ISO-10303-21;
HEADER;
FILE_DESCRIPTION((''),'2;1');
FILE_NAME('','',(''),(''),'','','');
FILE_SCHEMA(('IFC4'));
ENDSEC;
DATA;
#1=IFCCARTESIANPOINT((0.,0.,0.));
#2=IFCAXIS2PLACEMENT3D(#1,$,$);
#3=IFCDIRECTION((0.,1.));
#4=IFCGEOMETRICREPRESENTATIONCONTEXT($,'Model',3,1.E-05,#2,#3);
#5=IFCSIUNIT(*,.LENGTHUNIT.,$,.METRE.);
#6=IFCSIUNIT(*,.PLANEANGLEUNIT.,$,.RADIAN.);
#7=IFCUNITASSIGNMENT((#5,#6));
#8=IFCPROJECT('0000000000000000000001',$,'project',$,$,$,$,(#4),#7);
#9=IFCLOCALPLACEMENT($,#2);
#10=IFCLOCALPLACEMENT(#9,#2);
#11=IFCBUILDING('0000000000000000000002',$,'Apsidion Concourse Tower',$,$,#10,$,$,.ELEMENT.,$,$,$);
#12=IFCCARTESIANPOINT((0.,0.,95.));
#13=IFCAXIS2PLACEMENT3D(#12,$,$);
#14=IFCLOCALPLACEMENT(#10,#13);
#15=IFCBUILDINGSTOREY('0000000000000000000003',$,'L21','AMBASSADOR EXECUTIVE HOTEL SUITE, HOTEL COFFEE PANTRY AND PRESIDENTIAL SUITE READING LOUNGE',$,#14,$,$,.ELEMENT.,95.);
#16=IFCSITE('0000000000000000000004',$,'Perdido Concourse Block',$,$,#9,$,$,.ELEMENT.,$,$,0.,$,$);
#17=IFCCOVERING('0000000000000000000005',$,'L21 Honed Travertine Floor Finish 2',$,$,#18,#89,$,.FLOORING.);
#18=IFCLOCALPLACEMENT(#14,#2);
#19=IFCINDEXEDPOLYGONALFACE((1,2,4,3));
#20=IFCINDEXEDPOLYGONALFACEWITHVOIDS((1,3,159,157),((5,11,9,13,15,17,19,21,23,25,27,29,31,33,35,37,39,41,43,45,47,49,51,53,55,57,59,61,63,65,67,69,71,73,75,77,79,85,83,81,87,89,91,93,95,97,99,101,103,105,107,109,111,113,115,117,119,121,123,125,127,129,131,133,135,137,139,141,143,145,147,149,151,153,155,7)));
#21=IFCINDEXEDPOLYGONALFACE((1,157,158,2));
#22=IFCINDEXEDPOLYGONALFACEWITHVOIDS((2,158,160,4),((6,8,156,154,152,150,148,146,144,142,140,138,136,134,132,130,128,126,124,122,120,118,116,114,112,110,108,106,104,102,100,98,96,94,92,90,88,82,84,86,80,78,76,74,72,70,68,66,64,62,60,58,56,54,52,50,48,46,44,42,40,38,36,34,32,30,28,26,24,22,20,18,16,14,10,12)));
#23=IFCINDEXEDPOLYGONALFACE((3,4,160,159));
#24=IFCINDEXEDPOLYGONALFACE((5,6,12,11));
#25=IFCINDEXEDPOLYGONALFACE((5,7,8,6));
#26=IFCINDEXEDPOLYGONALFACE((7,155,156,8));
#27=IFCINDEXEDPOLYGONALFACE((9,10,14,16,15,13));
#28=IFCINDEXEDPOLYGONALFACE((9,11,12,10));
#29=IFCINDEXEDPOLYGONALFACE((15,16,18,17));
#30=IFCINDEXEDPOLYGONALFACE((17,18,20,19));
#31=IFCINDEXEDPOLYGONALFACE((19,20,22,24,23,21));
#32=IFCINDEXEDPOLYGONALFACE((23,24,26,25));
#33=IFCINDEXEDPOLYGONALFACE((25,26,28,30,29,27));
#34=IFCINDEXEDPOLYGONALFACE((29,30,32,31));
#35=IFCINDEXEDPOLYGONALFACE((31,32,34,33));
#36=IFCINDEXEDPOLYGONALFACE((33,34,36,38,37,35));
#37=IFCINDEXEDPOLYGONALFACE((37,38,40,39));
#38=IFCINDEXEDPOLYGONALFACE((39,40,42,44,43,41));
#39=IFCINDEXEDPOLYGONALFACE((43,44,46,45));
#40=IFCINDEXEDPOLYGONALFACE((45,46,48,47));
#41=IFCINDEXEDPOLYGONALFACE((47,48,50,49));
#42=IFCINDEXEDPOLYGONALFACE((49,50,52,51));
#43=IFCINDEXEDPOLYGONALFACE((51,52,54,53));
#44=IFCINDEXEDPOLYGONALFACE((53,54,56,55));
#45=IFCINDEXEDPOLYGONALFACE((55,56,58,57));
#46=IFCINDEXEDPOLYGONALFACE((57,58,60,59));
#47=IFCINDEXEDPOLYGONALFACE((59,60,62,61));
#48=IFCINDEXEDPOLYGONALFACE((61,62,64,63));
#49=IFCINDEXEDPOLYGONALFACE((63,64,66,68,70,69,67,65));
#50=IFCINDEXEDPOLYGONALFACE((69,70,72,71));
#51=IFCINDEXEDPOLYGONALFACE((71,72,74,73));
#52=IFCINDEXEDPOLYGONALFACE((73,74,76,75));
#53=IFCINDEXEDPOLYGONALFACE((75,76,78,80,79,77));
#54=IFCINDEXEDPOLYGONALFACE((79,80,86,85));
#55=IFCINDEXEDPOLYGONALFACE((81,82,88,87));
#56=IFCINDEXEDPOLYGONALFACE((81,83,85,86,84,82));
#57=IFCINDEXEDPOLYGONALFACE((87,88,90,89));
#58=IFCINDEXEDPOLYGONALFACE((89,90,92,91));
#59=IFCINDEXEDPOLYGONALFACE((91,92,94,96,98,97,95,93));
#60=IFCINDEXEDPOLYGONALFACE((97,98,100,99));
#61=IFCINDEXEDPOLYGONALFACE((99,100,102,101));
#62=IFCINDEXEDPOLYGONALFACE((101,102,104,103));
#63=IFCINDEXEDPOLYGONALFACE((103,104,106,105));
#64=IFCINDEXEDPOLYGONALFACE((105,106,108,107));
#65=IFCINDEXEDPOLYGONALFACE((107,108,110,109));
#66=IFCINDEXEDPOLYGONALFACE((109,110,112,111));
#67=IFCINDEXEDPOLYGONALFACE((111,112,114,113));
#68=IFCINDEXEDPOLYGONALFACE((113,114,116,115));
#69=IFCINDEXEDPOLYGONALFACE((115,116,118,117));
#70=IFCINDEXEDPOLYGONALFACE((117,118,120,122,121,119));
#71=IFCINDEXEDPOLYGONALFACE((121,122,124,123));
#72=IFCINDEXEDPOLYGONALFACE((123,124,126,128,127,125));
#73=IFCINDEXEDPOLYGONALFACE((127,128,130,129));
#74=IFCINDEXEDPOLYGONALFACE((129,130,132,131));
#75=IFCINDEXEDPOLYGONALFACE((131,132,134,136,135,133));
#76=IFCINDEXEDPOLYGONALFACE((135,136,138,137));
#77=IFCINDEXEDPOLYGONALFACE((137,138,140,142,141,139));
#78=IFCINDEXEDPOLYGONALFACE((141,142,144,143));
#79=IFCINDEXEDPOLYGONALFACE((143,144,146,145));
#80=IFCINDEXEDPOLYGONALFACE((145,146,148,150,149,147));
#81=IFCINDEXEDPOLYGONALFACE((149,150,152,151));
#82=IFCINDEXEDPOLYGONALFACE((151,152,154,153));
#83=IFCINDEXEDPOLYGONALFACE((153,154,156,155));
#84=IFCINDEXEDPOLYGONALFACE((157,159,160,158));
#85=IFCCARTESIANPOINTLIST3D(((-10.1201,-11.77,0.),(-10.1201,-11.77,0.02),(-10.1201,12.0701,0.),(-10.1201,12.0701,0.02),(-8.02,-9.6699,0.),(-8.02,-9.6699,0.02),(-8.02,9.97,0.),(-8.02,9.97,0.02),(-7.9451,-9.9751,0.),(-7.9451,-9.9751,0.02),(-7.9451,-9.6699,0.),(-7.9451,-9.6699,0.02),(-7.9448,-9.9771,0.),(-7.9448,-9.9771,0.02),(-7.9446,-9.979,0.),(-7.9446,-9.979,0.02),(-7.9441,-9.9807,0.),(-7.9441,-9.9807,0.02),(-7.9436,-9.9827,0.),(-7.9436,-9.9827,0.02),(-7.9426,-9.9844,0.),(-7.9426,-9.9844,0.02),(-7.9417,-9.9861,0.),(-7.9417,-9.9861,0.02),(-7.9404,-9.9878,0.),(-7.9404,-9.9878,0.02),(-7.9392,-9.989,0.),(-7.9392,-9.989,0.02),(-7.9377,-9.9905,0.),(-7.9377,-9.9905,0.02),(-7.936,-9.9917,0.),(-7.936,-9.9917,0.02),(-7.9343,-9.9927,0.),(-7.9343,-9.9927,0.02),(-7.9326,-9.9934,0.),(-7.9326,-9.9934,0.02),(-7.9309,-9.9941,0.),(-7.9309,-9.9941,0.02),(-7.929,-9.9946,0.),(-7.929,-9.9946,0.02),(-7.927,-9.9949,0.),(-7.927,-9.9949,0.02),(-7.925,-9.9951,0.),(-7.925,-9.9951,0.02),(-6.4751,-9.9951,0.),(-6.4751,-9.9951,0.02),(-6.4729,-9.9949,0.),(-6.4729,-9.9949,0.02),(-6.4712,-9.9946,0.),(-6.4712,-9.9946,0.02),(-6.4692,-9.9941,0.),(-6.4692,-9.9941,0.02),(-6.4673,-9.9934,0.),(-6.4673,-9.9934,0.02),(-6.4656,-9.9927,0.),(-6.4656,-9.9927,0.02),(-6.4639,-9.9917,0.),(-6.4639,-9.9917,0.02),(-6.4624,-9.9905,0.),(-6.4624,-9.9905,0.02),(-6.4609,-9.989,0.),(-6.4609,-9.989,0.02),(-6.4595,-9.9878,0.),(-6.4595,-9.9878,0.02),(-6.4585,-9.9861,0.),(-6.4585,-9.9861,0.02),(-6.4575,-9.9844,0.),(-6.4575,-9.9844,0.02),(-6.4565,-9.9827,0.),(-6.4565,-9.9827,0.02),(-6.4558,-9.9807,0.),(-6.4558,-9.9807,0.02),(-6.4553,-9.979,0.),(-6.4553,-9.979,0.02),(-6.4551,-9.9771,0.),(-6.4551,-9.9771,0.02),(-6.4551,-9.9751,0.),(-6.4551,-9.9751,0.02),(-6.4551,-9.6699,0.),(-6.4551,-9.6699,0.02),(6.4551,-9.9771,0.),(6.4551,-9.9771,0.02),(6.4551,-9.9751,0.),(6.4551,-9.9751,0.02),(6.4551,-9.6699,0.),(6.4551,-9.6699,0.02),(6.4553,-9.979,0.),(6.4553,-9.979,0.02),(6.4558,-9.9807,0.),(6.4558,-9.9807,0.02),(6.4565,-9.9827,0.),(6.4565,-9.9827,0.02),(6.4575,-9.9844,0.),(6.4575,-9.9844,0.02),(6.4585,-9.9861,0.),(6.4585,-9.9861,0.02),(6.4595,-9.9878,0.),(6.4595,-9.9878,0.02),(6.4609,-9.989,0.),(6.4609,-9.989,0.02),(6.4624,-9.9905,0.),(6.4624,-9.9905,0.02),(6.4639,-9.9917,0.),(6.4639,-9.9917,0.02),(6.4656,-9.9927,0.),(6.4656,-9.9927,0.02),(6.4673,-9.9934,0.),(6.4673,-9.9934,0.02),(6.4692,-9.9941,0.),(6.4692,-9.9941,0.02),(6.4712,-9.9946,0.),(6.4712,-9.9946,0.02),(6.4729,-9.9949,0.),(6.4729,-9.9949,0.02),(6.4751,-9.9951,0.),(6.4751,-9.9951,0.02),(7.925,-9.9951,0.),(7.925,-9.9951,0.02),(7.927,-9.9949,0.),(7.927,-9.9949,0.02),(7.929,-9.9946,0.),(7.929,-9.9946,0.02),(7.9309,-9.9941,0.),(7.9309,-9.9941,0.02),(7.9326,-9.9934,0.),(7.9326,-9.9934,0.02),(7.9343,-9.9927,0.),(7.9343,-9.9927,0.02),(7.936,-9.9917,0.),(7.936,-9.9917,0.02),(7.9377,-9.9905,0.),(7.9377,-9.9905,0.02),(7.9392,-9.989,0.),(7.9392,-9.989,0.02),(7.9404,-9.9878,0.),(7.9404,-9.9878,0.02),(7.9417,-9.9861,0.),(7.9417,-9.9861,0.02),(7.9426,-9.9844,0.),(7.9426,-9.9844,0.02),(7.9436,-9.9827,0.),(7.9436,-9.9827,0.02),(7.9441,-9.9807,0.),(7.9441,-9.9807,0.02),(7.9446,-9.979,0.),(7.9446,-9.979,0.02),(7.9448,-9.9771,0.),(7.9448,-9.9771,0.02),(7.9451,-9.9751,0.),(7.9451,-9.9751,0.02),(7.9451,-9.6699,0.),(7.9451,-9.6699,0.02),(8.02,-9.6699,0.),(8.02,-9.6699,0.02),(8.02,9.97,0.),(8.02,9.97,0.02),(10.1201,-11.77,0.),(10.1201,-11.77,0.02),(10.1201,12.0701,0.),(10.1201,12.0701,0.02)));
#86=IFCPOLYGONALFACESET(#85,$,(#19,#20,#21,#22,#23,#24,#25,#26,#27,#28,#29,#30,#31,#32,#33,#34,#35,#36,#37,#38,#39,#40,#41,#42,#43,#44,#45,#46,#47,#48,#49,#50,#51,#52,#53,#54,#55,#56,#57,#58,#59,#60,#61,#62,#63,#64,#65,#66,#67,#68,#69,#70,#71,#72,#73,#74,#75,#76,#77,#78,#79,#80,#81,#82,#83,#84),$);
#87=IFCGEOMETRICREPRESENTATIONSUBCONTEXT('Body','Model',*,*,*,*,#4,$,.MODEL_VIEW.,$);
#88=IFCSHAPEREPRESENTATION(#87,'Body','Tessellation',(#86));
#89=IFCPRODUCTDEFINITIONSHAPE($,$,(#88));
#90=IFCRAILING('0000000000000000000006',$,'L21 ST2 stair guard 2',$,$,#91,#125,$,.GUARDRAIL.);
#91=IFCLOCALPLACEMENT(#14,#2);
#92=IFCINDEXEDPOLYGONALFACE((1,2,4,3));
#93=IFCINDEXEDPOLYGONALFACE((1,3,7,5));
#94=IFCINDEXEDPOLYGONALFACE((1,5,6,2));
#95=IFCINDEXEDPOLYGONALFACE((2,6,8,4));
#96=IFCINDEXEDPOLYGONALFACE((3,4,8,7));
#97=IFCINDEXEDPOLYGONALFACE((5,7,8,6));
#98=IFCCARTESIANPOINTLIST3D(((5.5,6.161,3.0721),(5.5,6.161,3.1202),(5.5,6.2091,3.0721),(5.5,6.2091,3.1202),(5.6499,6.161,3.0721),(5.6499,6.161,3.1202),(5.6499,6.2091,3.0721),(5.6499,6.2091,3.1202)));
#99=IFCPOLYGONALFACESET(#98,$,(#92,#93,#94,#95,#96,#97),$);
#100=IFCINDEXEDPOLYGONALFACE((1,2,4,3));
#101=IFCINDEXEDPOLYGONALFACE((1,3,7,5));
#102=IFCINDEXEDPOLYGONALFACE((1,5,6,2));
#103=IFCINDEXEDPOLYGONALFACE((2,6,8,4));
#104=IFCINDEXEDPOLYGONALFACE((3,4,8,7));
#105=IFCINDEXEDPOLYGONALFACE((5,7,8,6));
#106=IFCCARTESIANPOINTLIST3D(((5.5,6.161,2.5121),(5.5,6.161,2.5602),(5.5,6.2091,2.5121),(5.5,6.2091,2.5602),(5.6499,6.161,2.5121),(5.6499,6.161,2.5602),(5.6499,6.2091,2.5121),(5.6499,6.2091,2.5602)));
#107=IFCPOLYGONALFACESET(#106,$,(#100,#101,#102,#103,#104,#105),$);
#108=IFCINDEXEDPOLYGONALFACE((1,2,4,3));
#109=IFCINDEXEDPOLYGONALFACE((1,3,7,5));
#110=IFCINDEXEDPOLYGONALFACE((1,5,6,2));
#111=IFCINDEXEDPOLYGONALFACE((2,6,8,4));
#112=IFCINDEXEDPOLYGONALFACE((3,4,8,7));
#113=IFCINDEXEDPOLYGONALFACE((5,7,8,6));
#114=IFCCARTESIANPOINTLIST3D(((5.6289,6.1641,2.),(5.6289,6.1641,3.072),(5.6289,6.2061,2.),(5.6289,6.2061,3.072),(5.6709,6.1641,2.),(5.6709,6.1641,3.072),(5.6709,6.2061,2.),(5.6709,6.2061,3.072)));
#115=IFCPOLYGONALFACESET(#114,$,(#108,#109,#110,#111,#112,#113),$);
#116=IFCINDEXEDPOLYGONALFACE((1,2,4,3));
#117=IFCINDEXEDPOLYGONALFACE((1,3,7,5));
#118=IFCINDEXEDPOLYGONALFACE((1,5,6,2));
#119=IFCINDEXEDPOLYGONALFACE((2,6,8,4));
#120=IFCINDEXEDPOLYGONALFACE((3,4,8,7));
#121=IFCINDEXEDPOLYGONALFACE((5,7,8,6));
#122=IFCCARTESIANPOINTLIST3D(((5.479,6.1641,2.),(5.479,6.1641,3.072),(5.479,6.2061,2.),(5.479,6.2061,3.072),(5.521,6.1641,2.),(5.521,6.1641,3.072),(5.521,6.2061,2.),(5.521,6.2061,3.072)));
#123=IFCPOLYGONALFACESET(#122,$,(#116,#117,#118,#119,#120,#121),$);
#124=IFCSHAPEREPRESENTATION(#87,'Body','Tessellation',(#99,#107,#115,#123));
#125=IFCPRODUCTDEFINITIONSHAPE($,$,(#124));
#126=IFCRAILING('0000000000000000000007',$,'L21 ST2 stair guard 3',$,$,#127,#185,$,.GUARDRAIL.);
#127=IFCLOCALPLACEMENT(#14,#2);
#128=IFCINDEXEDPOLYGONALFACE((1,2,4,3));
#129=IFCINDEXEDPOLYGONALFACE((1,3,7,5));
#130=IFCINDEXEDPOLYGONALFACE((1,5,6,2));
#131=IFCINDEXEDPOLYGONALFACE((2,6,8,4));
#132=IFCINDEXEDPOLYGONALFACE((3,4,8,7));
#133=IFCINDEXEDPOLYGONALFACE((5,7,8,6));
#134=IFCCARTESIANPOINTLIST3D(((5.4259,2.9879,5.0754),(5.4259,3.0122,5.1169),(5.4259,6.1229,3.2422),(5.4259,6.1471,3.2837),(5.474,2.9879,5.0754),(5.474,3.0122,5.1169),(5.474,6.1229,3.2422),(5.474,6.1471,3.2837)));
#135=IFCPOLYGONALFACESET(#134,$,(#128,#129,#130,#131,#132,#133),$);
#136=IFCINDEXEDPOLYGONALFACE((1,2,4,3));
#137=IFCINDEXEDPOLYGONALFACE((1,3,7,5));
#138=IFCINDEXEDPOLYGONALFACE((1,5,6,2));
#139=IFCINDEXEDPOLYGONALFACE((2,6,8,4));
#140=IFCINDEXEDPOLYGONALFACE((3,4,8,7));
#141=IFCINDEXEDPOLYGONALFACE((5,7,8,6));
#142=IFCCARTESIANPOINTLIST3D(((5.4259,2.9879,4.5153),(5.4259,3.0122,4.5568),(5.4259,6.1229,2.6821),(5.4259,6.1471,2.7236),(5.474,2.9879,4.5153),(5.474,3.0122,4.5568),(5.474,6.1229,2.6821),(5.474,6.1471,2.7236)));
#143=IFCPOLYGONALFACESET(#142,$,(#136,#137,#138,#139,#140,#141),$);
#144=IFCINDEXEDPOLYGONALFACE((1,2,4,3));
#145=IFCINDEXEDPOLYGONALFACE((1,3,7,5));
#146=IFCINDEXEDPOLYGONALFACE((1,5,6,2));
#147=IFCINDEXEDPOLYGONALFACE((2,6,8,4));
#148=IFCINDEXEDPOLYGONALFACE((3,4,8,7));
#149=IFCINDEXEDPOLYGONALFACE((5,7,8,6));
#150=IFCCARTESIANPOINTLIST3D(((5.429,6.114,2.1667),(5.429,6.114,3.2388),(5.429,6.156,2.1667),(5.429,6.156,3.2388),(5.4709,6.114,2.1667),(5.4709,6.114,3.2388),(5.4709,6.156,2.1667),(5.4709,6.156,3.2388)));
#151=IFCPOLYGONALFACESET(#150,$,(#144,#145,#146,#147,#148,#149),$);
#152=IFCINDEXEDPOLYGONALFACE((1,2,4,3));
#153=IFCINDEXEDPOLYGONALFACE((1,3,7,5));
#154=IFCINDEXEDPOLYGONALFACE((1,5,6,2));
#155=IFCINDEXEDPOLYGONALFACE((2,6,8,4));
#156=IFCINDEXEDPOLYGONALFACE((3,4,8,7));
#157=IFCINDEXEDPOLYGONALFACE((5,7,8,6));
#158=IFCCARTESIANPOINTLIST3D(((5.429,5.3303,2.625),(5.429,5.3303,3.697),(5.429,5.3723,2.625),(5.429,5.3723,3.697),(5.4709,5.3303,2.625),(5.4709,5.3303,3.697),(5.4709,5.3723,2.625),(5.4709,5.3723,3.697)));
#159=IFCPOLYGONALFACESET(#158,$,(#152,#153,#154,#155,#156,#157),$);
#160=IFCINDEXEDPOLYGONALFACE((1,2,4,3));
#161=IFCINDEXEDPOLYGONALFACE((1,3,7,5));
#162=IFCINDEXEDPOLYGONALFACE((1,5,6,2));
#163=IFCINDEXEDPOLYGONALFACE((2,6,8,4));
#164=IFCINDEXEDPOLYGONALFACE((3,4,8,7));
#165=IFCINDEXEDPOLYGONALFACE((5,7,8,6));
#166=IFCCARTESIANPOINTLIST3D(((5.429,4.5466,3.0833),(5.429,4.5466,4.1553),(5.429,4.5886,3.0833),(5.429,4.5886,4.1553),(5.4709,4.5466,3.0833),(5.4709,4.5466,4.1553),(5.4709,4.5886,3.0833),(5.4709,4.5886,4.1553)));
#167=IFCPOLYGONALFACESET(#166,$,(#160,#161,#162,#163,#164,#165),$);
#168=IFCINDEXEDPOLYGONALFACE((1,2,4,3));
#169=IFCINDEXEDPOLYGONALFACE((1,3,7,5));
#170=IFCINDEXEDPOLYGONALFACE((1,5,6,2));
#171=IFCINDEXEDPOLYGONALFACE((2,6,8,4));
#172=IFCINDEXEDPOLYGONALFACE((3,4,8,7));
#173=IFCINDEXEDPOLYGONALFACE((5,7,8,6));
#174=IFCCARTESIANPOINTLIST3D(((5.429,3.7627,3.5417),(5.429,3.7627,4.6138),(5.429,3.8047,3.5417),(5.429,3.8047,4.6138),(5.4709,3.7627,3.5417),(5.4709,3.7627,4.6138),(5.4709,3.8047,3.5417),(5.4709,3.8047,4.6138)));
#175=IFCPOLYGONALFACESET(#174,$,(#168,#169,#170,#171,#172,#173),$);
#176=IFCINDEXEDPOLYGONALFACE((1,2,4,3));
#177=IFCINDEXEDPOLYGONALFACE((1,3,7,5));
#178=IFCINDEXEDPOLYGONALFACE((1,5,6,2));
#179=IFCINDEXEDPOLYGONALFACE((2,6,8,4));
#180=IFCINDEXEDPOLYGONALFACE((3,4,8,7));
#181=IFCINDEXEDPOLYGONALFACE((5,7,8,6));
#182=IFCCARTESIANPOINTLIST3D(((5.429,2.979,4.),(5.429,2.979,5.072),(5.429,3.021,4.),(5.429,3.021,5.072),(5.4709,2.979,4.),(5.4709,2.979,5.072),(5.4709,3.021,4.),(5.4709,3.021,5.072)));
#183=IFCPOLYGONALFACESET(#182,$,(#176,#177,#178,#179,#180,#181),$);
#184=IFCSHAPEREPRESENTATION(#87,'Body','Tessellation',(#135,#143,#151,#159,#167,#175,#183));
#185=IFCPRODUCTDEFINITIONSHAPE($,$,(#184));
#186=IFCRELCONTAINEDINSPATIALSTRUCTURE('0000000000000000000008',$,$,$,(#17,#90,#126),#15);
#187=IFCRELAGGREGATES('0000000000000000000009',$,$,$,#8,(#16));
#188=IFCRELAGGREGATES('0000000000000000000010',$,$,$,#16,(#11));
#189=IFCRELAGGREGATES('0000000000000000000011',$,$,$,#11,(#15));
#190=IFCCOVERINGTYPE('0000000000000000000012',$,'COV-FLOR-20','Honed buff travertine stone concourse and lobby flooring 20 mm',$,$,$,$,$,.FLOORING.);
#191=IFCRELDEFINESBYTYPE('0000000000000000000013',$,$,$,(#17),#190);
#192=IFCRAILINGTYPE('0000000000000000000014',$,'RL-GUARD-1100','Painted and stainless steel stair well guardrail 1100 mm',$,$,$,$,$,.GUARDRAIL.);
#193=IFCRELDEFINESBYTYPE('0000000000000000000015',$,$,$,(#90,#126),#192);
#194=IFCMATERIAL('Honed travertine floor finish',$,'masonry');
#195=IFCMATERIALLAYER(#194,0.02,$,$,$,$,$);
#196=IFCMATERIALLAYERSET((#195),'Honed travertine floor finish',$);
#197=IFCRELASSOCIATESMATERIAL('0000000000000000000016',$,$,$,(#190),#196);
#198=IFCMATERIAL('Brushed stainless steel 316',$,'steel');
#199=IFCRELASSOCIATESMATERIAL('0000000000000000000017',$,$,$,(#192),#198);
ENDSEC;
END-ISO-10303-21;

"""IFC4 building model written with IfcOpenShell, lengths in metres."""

from ifc_helpers import new_model, si_unit, direction, frame, origin, origin_2d, place, context, subcontext, project, spatial, polyline, rectangle, outline, extrude, material, layer, layer_set, type_object, element, save


model = new_model("IFC4")

# Units and contexts
model_context = context("Model", 3, precision=1e-05, world=origin(), true_north=direction((0.0, 1.0)))
body_context = subcontext(model_context, "Body", "Model", "MODEL_VIEW")
ifc_project = project(units=[si_unit("LENGTHUNIT", "METRE"), si_unit("PLANEANGLEUNIT", "RADIAN")], contexts=[model_context])

# Site, building, storey
site_placement = place(None, origin())
site = spatial("IfcSite", under=ifc_project, at=site_placement, Name="Perdido Concourse Block", CompositionType="ELEMENT", RefElevation=0.0)
building_placement = place(site_placement, origin())
building = spatial("IfcBuilding", under=site, at=building_placement, Name="Apsidion Concourse Tower", CompositionType="ELEMENT")
storey_placement = place(building_placement, frame((0.0, 0.0, 95.0)))
storey = spatial("IfcBuildingStorey", under=building, at=storey_placement, Name="L21", Description="AMBASSADOR EXECUTIVE HOTEL SUITE, HOTEL COFFEE PANTRY AND PRESIDENTIAL SUITE READING LOUNGE", CompositionType="ELEMENT", Elevation=95.0)

# Covering
ifc_material_1 = material(Name="Honed travertine floor finish", Category="masonry")
ifc_layer_1 = layer(ifc_material_1, 0.02)
ifc_layer_set_1 = layer_set([ifc_layer_1], Name="Honed travertine floor finish")
covering_type_1 = type_object("IfcCoveringType", Name="COV-FLOR-20", Description="Honed buff travertine stone concourse and lobby flooring 20 mm", PredefinedType="FLOORING", material=ifc_layer_set_1)
covering_1_placement = place(storey_placement, origin())
element("IfcCovering", 1, at=covering_1_placement, inside=storey, type_object=covering_type_1, Name="L21 Honed Travertine Floor Finish 2", PredefinedType="FLOORING", context=body_context, shape_type="SweptSolid", body=[
    extrude(outline(polyline([(10.1201, 12.0701), (10.1201, -11.77), (-10.1201, -11.77), (-10.1201, 12.0701), (10.1201, 12.0701)]), holes=[polyline([(-8.02, -9.6699), (-7.9451, -9.6699), (-7.9451, -9.9751), (-7.9448, -9.9771), (-7.9446, -9.979), (-7.9441, -9.9807), (-7.9436, -9.9827), (-7.9426, -9.9844), (-7.9417, -9.9861), (-7.9404, -9.9878), (-7.9392, -9.989), (-7.9377, -9.9905), (-7.936, -9.9917), (-7.9343, -9.9927), (-7.9326, -9.9934), (-7.9309, -9.9941), (-7.929, -9.9946), (-7.927, -9.9949), (-7.925, -9.9951), (-6.4751, -9.9951), (-6.4729, -9.9949), (-6.4712, -9.9946), (-6.4692, -9.9941), (-6.4673, -9.9934), (-6.4656, -9.9927), (-6.4639, -9.9917), (-6.4624, -9.9905), (-6.4609, -9.989), (-6.4595, -9.9878), (-6.4585, -9.9861), (-6.4575, -9.9844), (-6.4565, -9.9827), (-6.4558, -9.9807), (-6.4553, -9.979), (-6.4551, -9.9771), (-6.4551, -9.9751), (-6.4551, -9.6699), (6.4551, -9.6699), (6.4551, -9.9751), (6.4551, -9.9771), (6.4553, -9.979), (6.4558, -9.9807), (6.4565, -9.9827), (6.4575, -9.9844), (6.4585, -9.9861), (6.4595, -9.9878), (6.4609, -9.989), (6.4624, -9.9905), (6.4639, -9.9917), (6.4656, -9.9927), (6.4673, -9.9934), (6.4692, -9.9941), (6.4712, -9.9946), (6.4729, -9.9949), (6.4751, -9.9951), (7.925, -9.9951), (7.927, -9.9949), (7.929, -9.9946), (7.9309, -9.9941), (7.9326, -9.9934), (7.9343, -9.9927), (7.936, -9.9917), (7.9377, -9.9905), (7.9392, -9.989), (7.9404, -9.9878), (7.9417, -9.9861), (7.9426, -9.9844), (7.9436, -9.9827), (7.9441, -9.9807), (7.9446, -9.979), (7.9448, -9.9771), (7.9451, -9.9751), (7.9451, -9.6699), (8.02, -9.6699), (8.02, 9.97), (-8.02, 9.97), (-8.02, -9.6699)])]), origin(), (0.0, 0.0, 1.0), 0.02),
])

# Railings
ifc_material_2 = material(Name="Brushed stainless steel 316", Category="steel")
railing_type_1 = type_object("IfcRailingType", Name="RL-GUARD-1100", Description="Painted and stainless steel stair well guardrail 1100 mm", PredefinedType="GUARDRAIL", material=ifc_material_2)
railing_1_placement = place(storey_placement, frame((5.6499, 6.1851, 2.0)))
element("IfcRailing", 2, at=railing_1_placement, inside=storey, type_object=railing_type_1, Name="L21 ST2 stair guard 2", PredefinedType="GUARDRAIL", context=body_context, shape_type="SweptSolid", body=[
    extrude(rectangle(XDim=0.0481, YDim=0.0481, at=origin_2d()), frame((0.0, 0.0, 1.0962), z_axis=(-1.0, 0.0, 0.0), x_axis=(0.0, -1.0, 0.0)), (0.0, 0.0, 1.0), 0.1499),
    extrude(rectangle(XDim=0.0481, YDim=0.0481, at=origin_2d()), frame((0.0, 0.0, 0.5361), z_axis=(-1.0, 0.0, 0.0), x_axis=(0.0, -1.0, 0.0)), (0.0, 0.0, 1.0), 0.1499),
    extrude(rectangle(XDim=0.042, YDim=0.042, at=origin_2d()), origin(), (0.0, 0.0, 1.0), 1.072),
    extrude(rectangle(XDim=0.042, YDim=0.042, at=origin_2d()), frame((-0.1499, 0.0, 0.0)), (0.0, 0.0, 1.0), 1.072),
])
railing_2_placement = place(storey_placement, frame((5.45, 6.135, 2.1667)))
element("IfcRailing", 3, at=railing_2_placement, inside=storey, type_object=railing_type_1, Name="L21 ST2 stair guard 3", PredefinedType="GUARDRAIL", context=body_context, shape_type="SweptSolid", body=[
    extrude(rectangle(XDim=0.0481, YDim=0.0481, at=origin_2d()), frame((0.0, 0.0, 1.0962), z_axis=(0.0, -0.86324, 0.504794), x_axis=(1.0, 0.0, 0.0)), (0.0, 0.0, 1.0), 3.6316),
    extrude(rectangle(XDim=0.0481, YDim=0.0481, at=origin_2d()), frame((0.0, 0.0, 0.5361), z_axis=(0.0, -0.86324, 0.504794), x_axis=(1.0, 0.0, 0.0)), (0.0, 0.0, 1.0), 3.6316),
    extrude(rectangle(XDim=0.042, YDim=0.042, at=origin_2d()), origin(), (0.0, 0.0, 1.0), 1.072),
    extrude(rectangle(XDim=0.042, YDim=0.042, at=origin_2d()), frame((0.0, -0.7837, 0.4583)), (0.0, 0.0, 1.0), 1.072),
    extrude(rectangle(XDim=0.042, YDim=0.042, at=origin_2d()), frame((0.0, -1.5674, 0.9165)), (0.0, 0.0, 1.0), 1.072),
    extrude(rectangle(XDim=0.042, YDim=0.042, at=origin_2d()), frame((0.0, -2.3513, 1.375)), (0.0, 0.0, 1.0), 1.072),
    extrude(rectangle(XDim=0.042, YDim=0.042, at=origin_2d()), frame((0.0, -3.135, 1.8333)), (0.0, 0.0, 1.0), 1.072),
])

save(model, "model.ifc")
